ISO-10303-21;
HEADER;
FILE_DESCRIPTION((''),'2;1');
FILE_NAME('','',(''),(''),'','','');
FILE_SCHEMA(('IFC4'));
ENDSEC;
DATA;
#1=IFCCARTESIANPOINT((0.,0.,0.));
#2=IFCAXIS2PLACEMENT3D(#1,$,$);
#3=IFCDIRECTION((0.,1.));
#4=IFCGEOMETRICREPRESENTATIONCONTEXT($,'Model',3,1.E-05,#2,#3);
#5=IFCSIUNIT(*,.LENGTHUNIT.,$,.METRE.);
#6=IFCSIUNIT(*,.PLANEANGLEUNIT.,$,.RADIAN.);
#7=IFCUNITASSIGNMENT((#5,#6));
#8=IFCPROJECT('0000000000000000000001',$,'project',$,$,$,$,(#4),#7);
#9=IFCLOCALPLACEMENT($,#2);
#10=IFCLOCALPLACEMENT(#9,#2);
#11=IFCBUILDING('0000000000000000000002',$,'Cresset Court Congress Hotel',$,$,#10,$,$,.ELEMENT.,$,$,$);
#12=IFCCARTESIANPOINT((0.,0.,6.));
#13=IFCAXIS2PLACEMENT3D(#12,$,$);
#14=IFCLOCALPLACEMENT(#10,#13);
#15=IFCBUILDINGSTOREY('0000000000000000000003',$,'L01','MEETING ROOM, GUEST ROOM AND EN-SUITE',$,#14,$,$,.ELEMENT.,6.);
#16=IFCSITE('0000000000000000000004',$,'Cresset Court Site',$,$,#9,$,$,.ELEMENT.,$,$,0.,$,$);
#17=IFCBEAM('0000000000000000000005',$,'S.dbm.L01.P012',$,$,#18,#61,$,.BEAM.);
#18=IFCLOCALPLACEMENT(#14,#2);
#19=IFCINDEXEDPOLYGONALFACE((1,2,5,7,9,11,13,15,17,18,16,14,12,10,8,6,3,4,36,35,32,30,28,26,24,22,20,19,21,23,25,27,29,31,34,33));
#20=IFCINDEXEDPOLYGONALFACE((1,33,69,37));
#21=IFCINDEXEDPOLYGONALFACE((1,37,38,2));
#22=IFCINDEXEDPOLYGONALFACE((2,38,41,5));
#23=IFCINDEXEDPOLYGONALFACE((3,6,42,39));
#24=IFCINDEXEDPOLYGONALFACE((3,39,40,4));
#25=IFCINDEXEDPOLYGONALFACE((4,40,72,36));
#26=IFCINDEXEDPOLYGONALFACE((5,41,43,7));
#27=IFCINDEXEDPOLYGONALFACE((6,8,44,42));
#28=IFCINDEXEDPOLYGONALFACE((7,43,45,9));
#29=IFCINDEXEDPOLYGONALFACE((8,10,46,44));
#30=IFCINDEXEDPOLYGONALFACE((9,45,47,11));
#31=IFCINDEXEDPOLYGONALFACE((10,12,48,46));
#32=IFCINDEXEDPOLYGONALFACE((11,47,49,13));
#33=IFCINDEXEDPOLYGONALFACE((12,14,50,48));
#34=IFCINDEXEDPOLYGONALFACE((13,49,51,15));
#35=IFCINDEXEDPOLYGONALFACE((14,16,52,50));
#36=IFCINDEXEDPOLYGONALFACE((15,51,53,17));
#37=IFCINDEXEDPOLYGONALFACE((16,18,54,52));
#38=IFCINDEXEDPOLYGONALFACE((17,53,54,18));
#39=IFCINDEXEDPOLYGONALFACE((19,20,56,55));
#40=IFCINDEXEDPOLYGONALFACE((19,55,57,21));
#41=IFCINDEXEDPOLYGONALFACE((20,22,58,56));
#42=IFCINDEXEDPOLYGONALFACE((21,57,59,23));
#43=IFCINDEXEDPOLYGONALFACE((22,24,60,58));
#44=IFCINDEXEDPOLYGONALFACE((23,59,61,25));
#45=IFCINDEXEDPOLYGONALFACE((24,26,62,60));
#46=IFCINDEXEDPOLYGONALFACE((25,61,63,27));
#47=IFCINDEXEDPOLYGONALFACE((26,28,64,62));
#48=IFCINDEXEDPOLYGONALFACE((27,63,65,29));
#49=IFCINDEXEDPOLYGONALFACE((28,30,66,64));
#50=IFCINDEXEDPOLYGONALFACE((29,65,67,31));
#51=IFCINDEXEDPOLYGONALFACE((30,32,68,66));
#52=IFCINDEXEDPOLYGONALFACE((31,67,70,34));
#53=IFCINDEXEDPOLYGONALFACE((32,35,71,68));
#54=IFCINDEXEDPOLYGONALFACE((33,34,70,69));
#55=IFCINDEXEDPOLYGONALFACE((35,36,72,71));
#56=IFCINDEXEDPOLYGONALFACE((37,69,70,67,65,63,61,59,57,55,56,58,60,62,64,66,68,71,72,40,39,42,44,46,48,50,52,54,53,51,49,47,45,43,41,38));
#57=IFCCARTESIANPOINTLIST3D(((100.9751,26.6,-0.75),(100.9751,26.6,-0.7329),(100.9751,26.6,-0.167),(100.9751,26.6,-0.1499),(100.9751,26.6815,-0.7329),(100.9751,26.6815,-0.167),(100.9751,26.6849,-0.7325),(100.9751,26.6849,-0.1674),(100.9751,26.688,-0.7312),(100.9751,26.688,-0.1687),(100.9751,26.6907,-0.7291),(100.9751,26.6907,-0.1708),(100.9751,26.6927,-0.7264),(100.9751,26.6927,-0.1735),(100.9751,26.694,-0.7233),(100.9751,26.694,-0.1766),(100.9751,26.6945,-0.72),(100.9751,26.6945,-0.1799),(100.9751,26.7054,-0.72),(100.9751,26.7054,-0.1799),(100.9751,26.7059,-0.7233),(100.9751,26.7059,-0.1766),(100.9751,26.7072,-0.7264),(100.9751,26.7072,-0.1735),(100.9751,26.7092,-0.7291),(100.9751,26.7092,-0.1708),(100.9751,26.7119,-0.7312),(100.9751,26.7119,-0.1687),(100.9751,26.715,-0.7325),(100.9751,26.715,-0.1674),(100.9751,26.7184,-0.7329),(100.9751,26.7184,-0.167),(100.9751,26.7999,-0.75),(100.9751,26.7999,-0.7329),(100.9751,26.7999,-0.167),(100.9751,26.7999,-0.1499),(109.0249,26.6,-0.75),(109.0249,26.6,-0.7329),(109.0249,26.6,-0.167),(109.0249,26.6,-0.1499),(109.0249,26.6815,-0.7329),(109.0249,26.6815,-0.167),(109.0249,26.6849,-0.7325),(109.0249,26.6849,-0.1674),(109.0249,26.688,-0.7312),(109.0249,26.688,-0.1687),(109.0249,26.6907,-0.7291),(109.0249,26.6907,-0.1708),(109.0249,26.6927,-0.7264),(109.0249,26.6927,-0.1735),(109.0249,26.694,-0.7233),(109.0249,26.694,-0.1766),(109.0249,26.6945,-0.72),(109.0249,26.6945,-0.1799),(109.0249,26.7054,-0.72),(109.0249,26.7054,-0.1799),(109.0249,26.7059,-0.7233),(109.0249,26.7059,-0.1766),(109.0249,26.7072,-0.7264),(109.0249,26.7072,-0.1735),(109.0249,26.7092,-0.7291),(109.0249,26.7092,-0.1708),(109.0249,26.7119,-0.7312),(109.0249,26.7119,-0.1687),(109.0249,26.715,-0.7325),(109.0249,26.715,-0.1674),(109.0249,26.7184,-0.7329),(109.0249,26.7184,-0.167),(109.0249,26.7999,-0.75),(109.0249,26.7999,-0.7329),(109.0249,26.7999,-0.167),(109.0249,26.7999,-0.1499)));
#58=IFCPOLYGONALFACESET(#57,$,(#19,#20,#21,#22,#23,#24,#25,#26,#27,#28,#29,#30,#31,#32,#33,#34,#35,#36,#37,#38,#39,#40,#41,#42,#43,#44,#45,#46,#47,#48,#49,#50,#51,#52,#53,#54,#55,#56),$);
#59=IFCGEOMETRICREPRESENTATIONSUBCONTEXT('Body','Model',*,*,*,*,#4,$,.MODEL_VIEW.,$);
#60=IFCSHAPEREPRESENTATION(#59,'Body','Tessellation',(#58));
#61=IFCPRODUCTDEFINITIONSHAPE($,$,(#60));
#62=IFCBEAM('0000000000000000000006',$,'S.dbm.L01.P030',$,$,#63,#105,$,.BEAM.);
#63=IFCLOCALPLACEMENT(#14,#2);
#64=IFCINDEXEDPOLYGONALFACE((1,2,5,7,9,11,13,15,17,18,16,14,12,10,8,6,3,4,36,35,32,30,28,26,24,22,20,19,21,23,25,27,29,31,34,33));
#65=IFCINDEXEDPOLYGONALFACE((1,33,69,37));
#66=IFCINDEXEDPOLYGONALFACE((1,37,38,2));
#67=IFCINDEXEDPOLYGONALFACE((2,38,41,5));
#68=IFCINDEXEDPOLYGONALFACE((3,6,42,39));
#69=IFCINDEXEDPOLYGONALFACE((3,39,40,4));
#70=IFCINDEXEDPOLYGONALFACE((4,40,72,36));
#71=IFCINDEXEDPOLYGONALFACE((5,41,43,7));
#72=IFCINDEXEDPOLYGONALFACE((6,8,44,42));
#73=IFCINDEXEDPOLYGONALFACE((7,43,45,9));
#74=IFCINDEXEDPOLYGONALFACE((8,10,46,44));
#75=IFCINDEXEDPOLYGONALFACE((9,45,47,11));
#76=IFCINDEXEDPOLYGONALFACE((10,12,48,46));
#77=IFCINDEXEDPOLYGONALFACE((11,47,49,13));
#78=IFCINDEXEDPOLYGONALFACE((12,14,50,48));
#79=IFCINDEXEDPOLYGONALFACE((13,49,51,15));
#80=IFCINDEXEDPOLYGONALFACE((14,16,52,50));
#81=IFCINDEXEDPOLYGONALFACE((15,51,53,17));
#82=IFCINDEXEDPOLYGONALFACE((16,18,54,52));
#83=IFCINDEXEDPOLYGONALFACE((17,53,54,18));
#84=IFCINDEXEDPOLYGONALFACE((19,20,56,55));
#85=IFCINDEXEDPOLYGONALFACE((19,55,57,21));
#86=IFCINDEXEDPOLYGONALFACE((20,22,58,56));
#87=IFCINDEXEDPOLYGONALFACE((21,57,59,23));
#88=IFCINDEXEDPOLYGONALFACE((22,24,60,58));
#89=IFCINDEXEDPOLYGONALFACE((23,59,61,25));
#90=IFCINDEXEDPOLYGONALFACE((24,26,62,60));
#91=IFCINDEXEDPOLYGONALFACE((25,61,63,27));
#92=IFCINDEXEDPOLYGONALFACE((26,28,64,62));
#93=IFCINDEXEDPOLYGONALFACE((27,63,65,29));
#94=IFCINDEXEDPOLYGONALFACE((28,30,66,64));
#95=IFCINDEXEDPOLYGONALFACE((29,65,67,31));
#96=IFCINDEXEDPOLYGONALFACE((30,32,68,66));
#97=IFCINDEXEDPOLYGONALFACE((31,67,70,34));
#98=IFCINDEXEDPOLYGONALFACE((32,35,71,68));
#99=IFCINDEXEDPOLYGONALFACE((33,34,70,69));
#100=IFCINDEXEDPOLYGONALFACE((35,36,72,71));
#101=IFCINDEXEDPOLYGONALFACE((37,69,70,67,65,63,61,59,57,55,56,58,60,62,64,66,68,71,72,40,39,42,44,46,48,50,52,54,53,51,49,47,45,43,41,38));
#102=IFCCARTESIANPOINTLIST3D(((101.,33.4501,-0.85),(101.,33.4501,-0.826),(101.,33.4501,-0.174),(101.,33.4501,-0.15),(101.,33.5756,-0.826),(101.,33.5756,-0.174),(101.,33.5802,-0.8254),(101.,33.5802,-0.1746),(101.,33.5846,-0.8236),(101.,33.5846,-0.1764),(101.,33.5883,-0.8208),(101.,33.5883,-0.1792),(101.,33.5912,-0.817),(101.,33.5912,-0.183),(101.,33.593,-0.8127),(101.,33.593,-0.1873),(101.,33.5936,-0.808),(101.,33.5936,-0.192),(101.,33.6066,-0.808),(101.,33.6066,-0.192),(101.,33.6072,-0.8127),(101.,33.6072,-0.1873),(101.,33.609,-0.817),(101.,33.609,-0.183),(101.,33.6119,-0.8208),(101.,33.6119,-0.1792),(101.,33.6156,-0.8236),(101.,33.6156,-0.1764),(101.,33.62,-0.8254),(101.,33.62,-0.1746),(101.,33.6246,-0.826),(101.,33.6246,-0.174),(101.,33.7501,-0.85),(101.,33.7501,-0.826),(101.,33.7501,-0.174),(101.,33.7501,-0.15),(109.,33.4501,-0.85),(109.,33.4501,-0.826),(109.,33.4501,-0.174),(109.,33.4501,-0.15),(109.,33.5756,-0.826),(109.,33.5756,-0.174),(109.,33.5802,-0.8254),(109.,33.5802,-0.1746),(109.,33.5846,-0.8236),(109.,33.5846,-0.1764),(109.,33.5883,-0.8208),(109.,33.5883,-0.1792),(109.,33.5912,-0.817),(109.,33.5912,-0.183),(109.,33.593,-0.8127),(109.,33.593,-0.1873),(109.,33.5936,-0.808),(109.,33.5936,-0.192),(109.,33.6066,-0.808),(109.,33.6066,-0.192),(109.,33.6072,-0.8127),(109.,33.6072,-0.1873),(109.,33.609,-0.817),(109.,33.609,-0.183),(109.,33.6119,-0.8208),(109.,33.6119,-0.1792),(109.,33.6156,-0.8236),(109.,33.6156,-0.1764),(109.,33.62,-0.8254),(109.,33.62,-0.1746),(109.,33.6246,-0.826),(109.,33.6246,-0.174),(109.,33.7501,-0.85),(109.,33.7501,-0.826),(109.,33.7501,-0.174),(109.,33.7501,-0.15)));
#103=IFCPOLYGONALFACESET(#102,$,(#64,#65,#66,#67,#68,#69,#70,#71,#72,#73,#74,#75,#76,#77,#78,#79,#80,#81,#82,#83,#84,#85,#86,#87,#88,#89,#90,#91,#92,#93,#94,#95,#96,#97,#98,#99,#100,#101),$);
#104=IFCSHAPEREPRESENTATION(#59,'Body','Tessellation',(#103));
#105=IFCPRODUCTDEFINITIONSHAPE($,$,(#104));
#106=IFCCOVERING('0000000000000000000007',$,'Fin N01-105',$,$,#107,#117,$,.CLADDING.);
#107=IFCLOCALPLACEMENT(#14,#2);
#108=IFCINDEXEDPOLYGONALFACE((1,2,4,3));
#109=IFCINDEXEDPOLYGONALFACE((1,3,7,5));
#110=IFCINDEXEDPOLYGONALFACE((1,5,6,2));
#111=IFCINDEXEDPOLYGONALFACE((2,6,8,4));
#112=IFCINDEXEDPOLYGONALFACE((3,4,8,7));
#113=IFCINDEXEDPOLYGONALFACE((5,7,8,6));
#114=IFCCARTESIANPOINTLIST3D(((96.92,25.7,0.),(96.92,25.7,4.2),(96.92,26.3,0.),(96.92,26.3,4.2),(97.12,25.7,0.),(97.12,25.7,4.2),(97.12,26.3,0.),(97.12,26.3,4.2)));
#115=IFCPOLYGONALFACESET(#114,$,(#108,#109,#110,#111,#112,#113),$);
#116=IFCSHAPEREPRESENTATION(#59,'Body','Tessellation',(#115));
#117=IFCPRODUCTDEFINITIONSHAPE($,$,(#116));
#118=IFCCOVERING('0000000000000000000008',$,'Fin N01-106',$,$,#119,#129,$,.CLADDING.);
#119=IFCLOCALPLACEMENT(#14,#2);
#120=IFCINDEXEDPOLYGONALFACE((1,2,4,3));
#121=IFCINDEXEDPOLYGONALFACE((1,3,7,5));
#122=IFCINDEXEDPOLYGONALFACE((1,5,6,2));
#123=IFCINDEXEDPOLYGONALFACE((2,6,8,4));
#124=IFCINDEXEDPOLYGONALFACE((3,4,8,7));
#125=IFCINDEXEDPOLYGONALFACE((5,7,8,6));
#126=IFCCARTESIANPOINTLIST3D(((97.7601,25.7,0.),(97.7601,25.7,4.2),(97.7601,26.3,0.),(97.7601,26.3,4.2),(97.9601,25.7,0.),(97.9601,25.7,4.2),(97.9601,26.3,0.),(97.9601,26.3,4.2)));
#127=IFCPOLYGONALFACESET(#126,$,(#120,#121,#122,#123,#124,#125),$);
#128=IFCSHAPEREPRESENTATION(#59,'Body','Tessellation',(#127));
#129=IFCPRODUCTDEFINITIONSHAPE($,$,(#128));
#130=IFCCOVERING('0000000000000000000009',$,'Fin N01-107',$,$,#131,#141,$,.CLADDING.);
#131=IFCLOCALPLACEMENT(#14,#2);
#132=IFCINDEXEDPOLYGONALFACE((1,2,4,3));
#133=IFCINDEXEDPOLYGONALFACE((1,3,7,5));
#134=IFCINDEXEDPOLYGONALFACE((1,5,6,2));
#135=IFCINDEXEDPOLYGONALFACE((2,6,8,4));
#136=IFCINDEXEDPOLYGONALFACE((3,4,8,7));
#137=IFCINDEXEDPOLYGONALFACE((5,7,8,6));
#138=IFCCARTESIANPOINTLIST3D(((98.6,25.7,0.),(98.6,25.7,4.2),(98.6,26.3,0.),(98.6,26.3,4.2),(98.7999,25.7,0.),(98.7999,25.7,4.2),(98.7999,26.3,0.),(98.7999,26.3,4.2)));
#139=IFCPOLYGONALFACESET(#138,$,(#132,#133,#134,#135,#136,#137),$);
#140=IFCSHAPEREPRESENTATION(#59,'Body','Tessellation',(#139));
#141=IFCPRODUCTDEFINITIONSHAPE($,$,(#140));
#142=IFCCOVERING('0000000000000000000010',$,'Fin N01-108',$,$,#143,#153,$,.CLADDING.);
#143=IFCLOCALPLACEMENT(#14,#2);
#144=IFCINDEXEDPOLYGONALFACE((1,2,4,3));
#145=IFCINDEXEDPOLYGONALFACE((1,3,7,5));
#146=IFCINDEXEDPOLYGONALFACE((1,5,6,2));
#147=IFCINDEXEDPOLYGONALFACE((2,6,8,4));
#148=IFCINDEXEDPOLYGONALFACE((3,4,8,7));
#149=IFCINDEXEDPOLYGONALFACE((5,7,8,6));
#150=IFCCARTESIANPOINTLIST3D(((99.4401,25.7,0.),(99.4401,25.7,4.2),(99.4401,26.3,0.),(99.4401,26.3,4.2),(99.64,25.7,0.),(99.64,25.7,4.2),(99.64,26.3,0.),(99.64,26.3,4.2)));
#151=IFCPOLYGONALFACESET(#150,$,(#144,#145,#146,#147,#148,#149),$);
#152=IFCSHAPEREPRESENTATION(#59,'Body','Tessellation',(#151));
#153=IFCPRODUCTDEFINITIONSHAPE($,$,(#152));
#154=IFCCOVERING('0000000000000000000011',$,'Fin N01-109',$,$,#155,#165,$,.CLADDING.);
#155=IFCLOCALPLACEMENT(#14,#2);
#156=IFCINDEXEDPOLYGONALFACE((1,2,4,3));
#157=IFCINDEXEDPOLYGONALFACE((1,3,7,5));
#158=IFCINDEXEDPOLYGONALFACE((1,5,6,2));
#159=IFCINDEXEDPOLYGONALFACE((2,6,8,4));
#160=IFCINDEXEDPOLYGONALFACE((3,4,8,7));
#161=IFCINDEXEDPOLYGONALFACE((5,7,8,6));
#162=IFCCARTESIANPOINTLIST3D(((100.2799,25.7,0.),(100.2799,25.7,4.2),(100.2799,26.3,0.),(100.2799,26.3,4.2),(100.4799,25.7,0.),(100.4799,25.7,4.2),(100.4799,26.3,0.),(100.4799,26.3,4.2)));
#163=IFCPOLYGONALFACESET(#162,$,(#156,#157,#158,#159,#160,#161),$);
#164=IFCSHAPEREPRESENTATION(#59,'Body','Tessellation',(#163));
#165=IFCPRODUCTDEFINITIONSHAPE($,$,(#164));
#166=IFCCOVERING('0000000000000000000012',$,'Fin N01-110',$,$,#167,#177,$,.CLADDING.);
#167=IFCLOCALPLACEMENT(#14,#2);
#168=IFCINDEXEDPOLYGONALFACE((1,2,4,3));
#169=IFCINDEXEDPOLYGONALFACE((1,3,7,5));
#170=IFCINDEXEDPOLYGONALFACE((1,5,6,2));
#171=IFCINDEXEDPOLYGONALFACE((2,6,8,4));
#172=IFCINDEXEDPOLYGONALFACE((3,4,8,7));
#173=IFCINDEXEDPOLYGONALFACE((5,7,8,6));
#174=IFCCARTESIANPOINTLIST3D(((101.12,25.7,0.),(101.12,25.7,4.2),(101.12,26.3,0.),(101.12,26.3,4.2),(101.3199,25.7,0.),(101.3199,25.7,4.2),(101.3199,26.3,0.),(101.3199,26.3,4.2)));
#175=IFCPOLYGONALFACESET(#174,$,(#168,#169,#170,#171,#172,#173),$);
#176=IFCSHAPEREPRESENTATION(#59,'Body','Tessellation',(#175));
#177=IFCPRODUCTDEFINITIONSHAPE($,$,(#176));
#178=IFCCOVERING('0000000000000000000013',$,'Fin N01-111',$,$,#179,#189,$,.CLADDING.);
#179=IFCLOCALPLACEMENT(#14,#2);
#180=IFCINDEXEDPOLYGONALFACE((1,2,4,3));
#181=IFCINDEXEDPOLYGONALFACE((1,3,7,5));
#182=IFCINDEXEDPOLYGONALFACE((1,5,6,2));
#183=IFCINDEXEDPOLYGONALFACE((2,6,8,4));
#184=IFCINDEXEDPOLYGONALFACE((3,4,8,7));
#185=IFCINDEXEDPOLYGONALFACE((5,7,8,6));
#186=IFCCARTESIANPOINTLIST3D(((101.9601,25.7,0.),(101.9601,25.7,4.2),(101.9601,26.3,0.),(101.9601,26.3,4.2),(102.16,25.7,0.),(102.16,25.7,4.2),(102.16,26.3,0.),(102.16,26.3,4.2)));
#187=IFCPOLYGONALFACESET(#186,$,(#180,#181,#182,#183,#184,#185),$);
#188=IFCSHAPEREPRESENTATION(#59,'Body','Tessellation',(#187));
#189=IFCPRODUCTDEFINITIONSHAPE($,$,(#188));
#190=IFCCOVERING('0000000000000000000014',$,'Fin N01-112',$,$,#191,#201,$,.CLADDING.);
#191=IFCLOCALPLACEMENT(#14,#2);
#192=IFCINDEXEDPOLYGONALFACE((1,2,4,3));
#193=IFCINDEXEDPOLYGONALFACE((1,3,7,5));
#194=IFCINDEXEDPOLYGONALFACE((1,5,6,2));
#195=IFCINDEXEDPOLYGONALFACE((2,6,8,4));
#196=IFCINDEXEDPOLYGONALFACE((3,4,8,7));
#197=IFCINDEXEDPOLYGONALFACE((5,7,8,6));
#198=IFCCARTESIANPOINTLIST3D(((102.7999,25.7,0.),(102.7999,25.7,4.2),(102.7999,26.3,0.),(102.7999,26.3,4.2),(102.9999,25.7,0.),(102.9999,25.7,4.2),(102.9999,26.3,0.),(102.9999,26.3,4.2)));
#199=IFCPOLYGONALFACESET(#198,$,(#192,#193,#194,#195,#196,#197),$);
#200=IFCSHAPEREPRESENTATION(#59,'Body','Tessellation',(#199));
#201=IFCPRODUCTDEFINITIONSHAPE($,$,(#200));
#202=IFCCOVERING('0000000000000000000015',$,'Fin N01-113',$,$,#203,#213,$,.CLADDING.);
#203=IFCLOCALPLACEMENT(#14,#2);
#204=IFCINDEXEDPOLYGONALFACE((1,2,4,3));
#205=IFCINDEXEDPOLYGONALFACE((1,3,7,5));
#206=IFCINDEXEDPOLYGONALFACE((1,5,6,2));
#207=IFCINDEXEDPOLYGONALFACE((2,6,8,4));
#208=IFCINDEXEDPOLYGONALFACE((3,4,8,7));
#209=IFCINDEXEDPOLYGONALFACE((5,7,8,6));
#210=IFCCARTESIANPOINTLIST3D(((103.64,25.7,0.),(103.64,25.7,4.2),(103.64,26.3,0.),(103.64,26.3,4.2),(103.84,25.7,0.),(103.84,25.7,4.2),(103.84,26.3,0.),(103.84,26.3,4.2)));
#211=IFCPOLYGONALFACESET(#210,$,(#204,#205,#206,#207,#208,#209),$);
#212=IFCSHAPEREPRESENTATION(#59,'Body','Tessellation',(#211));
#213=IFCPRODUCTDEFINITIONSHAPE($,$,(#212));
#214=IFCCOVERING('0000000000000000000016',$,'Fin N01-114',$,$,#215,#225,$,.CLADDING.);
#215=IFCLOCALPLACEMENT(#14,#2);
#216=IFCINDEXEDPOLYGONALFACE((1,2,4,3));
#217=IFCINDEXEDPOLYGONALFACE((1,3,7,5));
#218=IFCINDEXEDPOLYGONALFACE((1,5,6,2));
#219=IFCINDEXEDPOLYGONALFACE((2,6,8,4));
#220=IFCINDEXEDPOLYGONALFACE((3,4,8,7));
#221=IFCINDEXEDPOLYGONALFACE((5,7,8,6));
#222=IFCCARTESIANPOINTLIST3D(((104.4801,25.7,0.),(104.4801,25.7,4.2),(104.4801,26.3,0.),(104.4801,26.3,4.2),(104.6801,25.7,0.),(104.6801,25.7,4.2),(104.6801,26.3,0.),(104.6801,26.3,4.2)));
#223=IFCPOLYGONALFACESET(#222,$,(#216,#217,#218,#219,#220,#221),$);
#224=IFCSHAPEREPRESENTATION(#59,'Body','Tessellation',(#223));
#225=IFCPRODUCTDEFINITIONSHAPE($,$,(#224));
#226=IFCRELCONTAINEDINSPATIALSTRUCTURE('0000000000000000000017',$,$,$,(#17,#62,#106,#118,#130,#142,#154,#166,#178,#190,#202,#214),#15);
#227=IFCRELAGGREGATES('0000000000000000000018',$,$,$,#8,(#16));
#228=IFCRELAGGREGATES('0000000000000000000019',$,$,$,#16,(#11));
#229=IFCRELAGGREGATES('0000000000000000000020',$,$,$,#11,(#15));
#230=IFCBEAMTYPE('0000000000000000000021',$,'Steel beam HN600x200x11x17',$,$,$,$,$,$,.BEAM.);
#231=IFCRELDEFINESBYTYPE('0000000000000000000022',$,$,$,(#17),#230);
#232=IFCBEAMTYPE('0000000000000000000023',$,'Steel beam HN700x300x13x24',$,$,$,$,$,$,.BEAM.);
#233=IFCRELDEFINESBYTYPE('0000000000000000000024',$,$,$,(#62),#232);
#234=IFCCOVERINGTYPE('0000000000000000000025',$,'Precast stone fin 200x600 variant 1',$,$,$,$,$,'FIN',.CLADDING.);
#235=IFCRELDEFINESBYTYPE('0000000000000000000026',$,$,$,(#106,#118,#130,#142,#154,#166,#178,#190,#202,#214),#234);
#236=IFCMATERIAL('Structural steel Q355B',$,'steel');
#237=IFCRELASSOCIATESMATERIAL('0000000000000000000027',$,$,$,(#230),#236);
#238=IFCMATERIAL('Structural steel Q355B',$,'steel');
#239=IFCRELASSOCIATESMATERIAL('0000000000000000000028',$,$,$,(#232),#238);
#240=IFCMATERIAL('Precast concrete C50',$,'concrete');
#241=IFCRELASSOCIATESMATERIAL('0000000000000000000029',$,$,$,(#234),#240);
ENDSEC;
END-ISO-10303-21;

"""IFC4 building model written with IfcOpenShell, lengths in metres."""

from ifc_helpers import new_model, si_unit, direction, frame, origin, origin_2d, place, context, subcontext, project, spatial, rectangle, i_section, extrude, material, material_profile, profile_set, type_object, element, save


model = new_model("IFC4")

# Units and contexts
model_context = context("Model", 3, precision=1e-05, world=origin(), true_north=direction((0.0, 1.0)))
body_context = subcontext(model_context, "Body", "Model", "MODEL_VIEW")
ifc_project = project(units=[si_unit("LENGTHUNIT", "METRE"), si_unit("PLANEANGLEUNIT", "RADIAN")], contexts=[model_context])

# Site, building, storey
site_placement = place(None, origin())
site = spatial("IfcSite", under=ifc_project, at=site_placement, Name="Cresset Court Site", CompositionType="ELEMENT", RefElevation=0.0)
building_placement = place(site_placement, origin())
building = spatial("IfcBuilding", under=site, at=building_placement, Name="Cresset Court Congress Hotel", CompositionType="ELEMENT")
storey_placement = place(building_placement, frame((0.0, 0.0, 6.0)))
storey = spatial("IfcBuildingStorey", under=building, at=storey_placement, Name="L01", Description="MEETING ROOM, GUEST ROOM AND EN-SUITE", CompositionType="ELEMENT", Elevation=6.0)

# Beams
ifc_material_1 = material(Name="Structural steel Q355B", Category="steel")
ifc_material_profile_1 = material_profile(ifc_material_1, i_section(OverallWidth=0.2, OverallDepth=0.6001, WebThickness=0.011, FlangeThickness=0.0171, FilletRadius=0.0129, at=origin_2d()), Name="HN600x200x11x17")
ifc_profile_set_1 = profile_set([ifc_material_profile_1], Name="Structural steel Q355B")
beam_type_1 = type_object("IfcBeamType", Name="Steel beam HN600x200x11x17", PredefinedType="BEAM", material=ifc_profile_set_1)
beam_1_placement = place(storey_placement, frame((100.9751, 26.7, -0.45), z_axis=(1.0, 0.0, 0.0), x_axis=(0.0, 1.0, 0.0)))
element("IfcBeam", 1, at=beam_1_placement, inside=storey, type_object=beam_type_1, Name="S.dbm.L01.P012", PredefinedType="BEAM", context=body_context, shape_type="SweptSolid", body=[
    extrude(i_section(OverallWidth=0.2, OverallDepth=0.6001, WebThickness=0.011, FlangeThickness=0.0171, FilletRadius=0.0129, at=origin_2d()), origin(), (0.0, 0.0, 1.0), 8.0498),
])
ifc_material_2 = material(Name="Structural steel Q355B", Category="steel")
ifc_material_profile_2 = material_profile(ifc_material_2, i_section(OverallWidth=0.3, OverallDepth=0.7, WebThickness=0.0129, FlangeThickness=0.0239, FilletRadius=0.0181, at=origin_2d()), Name="HN700x300x13x24")
ifc_profile_set_2 = profile_set([ifc_material_profile_2], Name="Structural steel Q355B")
beam_type_2 = type_object("IfcBeamType", Name="Steel beam HN700x300x13x24", PredefinedType="BEAM", material=ifc_profile_set_2)
beam_2_placement = place(storey_placement, frame((101.0, 33.6001, -0.5), z_axis=(1.0, 0.0, 0.0), x_axis=(0.0, 1.0, 0.0)))
element("IfcBeam", 2, at=beam_2_placement, inside=storey, type_object=beam_type_2, Name="S.dbm.L01.P030", PredefinedType="BEAM", context=body_context, shape_type="SweptSolid", body=[
    extrude(i_section(OverallWidth=0.3, OverallDepth=0.7, WebThickness=0.0129, FlangeThickness=0.0239, FilletRadius=0.0181, at=origin_2d()), origin(), (0.0, 0.0, 1.0), 8.0),
])

# Coverings
ifc_material_3 = material(Name="Precast concrete C50", Category="concrete")
covering_type_1 = type_object("IfcCoveringType", Name="Precast stone fin 200x600 variant 1", ElementType="FIN", PredefinedType="CLADDING", material=ifc_material_3)
for number, where, z_axis, x_axis, name in (
    (3, (97.02, 26.0, 0.0), (0.0, 0.0, 1.0), (1.0, 0.0, 0.0), "Fin N01-105"),
    (4, (97.8601, 26.0, 0.0), (0.0, 0.0, 1.0), (1.0, 0.0, 0.0), "Fin N01-106"),
    (5, (98.7, 26.0, 0.0), (0.0, 0.0, 1.0), (1.0, 0.0, 0.0), "Fin N01-107"),
    (6, (99.54, 26.0, 0.0), (0.0, 0.0, 1.0), (1.0, 0.0, 0.0), "Fin N01-108"),
    (7, (100.3799, 26.0, 0.0), (0.0, 0.0, 1.0), (1.0, 0.0, 0.0), "Fin N01-109"),
    (8, (101.22, 26.0, 0.0), (0.0, 0.0, 1.0), (1.0, 0.0, 0.0), "Fin N01-110"),
    (9, (102.0601, 26.0, 0.0), (0.0, 0.0, 1.0), (1.0, 0.0, 0.0), "Fin N01-111"),
    (10, (102.8999, 26.0, 0.0), (0.0, 0.0, 1.0), (1.0, 0.0, 0.0), "Fin N01-112"),
    (11, (103.74, 26.0, 0.0), (0.0, 0.0, 1.0), (1.0, 0.0, 0.0), "Fin N01-113"),
    (12, (104.5801, 26.0, 0.0), (0.0, 0.0, 1.0), (1.0, 0.0, 0.0), "Fin N01-114"),
):
    element("IfcCovering", number, at=place(storey_placement, frame(where, z_axis=z_axis, x_axis=x_axis)), inside=storey, type_object=covering_type_1, Name=name, PredefinedType="CLADDING", context=body_context, shape_type="SweptSolid", body=[
        extrude(rectangle(XDim=0.2, YDim=0.6001, at=origin_2d()), origin(), (0.0, 0.0, 1.0), 4.2),
    ])

save(model, "model.ifc")
